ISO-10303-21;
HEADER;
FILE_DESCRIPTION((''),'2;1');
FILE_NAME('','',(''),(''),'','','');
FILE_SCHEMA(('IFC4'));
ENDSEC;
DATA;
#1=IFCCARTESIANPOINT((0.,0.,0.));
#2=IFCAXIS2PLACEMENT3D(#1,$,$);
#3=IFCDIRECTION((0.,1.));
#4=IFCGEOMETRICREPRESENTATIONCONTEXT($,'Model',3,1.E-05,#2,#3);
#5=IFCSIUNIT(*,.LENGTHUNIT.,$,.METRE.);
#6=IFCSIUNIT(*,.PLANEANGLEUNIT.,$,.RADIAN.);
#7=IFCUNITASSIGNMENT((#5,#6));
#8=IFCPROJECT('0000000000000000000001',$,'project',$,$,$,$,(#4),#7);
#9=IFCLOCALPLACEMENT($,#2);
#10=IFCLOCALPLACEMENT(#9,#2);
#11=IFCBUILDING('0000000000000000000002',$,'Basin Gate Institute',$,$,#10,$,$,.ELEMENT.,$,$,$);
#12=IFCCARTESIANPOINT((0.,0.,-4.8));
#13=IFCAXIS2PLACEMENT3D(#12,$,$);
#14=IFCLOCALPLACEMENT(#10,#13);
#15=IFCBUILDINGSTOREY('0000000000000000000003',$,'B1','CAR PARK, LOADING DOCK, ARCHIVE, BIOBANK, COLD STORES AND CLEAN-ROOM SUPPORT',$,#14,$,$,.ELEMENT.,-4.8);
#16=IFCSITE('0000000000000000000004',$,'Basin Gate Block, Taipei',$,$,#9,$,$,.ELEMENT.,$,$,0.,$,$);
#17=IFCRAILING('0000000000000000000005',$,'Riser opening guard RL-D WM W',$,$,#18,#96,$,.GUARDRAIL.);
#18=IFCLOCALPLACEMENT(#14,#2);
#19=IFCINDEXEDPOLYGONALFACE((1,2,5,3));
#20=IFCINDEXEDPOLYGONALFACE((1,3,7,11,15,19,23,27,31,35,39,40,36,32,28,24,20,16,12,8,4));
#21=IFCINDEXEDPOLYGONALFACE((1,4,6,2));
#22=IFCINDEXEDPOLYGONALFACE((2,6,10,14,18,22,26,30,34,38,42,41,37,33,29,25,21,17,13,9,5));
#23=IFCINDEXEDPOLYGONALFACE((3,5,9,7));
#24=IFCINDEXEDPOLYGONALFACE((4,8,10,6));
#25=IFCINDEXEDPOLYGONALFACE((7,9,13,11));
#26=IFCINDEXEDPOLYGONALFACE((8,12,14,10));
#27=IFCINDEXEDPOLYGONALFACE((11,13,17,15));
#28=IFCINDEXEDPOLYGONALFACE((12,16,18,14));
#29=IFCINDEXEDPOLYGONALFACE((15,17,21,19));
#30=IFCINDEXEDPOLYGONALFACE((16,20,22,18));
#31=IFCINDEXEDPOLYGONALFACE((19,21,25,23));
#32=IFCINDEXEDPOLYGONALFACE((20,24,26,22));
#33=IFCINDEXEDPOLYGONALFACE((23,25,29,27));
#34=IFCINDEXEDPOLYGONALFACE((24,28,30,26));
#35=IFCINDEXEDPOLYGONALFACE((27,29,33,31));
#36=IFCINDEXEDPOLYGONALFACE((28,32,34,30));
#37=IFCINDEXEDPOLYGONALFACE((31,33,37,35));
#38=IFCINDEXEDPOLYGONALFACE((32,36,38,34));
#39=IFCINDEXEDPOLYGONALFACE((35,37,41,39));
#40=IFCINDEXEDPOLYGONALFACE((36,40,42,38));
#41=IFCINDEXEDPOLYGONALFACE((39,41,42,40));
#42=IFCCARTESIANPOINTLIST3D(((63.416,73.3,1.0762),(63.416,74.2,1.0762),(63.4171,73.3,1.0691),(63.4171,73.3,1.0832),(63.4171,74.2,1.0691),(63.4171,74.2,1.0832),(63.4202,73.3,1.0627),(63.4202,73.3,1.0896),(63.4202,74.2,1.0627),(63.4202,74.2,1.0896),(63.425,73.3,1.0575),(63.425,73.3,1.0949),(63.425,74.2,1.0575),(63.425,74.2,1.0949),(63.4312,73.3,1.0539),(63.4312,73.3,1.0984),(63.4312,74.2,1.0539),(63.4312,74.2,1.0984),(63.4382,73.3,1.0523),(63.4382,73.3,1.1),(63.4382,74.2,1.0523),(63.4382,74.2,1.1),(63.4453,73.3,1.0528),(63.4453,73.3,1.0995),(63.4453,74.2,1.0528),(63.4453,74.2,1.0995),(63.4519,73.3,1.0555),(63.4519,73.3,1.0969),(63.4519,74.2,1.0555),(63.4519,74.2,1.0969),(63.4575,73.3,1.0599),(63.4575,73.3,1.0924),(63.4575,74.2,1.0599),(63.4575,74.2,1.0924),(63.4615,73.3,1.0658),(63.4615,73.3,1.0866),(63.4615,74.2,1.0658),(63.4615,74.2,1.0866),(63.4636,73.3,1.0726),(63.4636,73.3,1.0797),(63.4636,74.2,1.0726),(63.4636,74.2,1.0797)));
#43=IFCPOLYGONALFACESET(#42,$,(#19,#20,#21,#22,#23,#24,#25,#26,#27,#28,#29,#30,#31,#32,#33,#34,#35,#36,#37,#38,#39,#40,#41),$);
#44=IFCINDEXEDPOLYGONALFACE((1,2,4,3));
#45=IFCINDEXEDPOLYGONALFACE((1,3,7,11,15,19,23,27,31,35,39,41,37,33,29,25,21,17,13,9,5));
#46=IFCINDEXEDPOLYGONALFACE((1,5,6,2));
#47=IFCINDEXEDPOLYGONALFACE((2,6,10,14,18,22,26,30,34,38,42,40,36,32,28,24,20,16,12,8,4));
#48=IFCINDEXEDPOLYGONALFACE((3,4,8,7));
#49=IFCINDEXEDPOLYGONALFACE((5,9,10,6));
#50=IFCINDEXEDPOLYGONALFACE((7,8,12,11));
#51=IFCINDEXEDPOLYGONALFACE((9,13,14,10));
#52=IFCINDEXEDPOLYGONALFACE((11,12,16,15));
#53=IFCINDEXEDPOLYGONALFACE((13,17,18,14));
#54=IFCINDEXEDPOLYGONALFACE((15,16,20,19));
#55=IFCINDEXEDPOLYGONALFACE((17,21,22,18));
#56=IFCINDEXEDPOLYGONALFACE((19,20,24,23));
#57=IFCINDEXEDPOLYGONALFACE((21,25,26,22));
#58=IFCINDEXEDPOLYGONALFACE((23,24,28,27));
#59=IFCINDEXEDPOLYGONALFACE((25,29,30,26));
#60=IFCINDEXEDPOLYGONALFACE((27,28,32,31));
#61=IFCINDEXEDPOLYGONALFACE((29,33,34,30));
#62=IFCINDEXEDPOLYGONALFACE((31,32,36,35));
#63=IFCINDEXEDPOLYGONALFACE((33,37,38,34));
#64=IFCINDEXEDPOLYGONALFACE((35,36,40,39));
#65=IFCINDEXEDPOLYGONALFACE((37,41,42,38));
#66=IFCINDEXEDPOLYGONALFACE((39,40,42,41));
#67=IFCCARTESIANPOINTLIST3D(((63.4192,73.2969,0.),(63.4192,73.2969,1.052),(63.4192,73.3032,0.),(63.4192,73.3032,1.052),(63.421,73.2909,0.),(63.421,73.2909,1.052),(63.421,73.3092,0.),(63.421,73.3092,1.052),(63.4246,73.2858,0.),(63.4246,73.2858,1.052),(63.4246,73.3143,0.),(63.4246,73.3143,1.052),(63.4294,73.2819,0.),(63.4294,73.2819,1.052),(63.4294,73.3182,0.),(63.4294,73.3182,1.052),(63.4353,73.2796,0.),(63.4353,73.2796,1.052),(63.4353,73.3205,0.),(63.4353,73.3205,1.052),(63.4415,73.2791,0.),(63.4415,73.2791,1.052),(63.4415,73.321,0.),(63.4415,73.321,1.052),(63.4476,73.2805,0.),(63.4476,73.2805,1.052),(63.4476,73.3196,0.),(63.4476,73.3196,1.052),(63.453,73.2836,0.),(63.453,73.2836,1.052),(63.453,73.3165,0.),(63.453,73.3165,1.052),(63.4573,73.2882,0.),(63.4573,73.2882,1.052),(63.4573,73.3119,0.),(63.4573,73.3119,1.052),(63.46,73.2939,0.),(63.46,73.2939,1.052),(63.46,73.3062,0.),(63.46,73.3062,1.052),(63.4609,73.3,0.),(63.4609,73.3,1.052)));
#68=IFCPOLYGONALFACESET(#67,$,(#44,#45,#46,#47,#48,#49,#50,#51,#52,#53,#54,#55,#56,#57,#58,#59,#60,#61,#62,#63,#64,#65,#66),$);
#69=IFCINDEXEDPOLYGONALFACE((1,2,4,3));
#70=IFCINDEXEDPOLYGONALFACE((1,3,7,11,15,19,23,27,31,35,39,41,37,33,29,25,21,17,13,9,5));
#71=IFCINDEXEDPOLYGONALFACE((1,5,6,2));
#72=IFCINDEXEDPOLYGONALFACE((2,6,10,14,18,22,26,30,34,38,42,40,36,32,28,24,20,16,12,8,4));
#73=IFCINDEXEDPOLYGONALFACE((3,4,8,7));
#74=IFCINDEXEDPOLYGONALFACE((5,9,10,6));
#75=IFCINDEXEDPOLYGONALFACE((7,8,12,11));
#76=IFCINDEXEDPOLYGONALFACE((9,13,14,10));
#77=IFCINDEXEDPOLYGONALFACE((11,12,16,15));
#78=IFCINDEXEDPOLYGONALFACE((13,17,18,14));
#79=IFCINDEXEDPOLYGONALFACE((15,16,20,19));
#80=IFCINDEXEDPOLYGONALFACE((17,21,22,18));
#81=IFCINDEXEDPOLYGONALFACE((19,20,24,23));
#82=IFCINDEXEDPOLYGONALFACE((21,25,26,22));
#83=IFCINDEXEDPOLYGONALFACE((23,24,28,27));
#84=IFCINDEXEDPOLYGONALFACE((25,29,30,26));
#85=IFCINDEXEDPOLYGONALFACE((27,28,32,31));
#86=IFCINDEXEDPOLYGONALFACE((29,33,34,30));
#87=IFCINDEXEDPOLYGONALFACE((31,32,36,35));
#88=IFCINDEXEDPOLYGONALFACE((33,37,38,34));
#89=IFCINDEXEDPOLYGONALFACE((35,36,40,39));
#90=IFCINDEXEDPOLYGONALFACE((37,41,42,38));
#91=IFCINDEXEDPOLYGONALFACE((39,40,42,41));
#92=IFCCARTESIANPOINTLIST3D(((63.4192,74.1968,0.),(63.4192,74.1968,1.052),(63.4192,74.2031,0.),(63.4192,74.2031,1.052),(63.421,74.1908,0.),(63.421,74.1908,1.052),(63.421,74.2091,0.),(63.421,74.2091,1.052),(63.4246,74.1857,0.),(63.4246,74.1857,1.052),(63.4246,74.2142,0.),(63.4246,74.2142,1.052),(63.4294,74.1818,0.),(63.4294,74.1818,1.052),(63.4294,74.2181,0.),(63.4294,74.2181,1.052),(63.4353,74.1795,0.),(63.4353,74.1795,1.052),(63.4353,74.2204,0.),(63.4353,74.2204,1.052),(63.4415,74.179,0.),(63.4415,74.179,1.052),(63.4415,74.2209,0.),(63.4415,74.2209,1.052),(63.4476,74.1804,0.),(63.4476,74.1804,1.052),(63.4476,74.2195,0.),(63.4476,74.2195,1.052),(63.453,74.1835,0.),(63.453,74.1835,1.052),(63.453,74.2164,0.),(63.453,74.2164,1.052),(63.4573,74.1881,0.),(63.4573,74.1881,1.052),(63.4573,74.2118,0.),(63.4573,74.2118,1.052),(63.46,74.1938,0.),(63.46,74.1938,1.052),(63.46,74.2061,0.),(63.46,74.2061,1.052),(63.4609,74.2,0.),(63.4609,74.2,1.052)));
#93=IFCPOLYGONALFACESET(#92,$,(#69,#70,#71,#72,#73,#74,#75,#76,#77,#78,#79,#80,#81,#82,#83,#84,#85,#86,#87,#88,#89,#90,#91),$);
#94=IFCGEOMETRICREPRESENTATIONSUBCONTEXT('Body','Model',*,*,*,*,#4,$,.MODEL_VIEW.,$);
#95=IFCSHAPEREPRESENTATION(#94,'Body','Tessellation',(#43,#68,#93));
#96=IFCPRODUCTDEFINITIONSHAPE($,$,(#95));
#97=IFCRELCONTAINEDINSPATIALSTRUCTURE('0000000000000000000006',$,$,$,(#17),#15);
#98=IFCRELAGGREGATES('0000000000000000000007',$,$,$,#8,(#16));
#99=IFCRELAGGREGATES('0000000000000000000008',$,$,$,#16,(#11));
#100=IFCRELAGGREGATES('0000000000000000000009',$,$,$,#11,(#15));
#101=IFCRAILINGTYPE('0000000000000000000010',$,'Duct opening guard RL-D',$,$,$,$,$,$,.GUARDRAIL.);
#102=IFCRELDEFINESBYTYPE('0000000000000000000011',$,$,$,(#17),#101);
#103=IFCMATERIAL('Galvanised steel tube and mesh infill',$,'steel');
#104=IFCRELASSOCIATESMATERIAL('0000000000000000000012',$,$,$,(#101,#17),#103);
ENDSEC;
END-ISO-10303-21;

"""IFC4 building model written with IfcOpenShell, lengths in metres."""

from ifc_helpers import new_model, si_unit, direction, frame, origin, origin_2d, place, context, subcontext, project, spatial, circle, extrude, material, type_object, element, save


model = new_model("IFC4")

# Units and contexts
model_context = context("Model", 3, precision=1e-05, world=origin(), true_north=direction((0.0, 1.0)))
body_context = subcontext(model_context, "Body", "Model", "MODEL_VIEW")
ifc_project = project(units=[si_unit("LENGTHUNIT", "METRE"), si_unit("PLANEANGLEUNIT", "RADIAN")], contexts=[model_context])

# Site, building, storey
site_placement = place(None, origin())
site = spatial("IfcSite", under=ifc_project, at=site_placement, Name="Basin Gate Block, Taipei", CompositionType="ELEMENT", RefElevation=0.0)
building_placement = place(site_placement, origin())
building = spatial("IfcBuilding", under=site, at=building_placement, Name="Basin Gate Institute", CompositionType="ELEMENT")
storey_placement = place(building_placement, frame((0.0, 0.0, -4.8)))
storey = spatial("IfcBuildingStorey", under=building, at=storey_placement, Name="B1", Description="CAR PARK, LOADING DOCK, ARCHIVE, BIOBANK, COLD STORES AND CLEAN-ROOM SUPPORT", CompositionType="ELEMENT", Elevation=-4.8)

# Railing
ifc_material_1 = material(Name="Galvanised steel tube and mesh infill", Category="steel")
railing_type = type_object("IfcRailingType", Name="Duct opening guard RL-D", PredefinedType="GUARDRAIL", material=ifc_material_1)
railing_1_placement = place(storey_placement, frame((63.4399, 73.3, 0.0)))
element("IfcRailing", 1, at=railing_1_placement, inside=storey, type_object=railing_type, material=ifc_material_1, Name="Riser opening guard RL-D WM W", PredefinedType="GUARDRAIL", context=body_context, shape_type="SweptSolid", body=[
    extrude(circle(Radius=0.0239, at=origin_2d()), frame((0.0, 0.0, 1.0762), z_axis=(0.0, 1.0, 0.0), x_axis=(-1.0, 0.0, 0.0)), (0.0, 0.0, 1.0), 0.8999),
    extrude(circle(Radius=0.021, at=origin_2d()), origin(), (0.0, 0.0, 1.0), 1.052),
    extrude(circle(Radius=0.021, at=origin_2d()), frame((0.0, 0.8999, 0.0)), (0.0, 0.0, 1.0), 1.052),
])

save(model, "model.ifc")
